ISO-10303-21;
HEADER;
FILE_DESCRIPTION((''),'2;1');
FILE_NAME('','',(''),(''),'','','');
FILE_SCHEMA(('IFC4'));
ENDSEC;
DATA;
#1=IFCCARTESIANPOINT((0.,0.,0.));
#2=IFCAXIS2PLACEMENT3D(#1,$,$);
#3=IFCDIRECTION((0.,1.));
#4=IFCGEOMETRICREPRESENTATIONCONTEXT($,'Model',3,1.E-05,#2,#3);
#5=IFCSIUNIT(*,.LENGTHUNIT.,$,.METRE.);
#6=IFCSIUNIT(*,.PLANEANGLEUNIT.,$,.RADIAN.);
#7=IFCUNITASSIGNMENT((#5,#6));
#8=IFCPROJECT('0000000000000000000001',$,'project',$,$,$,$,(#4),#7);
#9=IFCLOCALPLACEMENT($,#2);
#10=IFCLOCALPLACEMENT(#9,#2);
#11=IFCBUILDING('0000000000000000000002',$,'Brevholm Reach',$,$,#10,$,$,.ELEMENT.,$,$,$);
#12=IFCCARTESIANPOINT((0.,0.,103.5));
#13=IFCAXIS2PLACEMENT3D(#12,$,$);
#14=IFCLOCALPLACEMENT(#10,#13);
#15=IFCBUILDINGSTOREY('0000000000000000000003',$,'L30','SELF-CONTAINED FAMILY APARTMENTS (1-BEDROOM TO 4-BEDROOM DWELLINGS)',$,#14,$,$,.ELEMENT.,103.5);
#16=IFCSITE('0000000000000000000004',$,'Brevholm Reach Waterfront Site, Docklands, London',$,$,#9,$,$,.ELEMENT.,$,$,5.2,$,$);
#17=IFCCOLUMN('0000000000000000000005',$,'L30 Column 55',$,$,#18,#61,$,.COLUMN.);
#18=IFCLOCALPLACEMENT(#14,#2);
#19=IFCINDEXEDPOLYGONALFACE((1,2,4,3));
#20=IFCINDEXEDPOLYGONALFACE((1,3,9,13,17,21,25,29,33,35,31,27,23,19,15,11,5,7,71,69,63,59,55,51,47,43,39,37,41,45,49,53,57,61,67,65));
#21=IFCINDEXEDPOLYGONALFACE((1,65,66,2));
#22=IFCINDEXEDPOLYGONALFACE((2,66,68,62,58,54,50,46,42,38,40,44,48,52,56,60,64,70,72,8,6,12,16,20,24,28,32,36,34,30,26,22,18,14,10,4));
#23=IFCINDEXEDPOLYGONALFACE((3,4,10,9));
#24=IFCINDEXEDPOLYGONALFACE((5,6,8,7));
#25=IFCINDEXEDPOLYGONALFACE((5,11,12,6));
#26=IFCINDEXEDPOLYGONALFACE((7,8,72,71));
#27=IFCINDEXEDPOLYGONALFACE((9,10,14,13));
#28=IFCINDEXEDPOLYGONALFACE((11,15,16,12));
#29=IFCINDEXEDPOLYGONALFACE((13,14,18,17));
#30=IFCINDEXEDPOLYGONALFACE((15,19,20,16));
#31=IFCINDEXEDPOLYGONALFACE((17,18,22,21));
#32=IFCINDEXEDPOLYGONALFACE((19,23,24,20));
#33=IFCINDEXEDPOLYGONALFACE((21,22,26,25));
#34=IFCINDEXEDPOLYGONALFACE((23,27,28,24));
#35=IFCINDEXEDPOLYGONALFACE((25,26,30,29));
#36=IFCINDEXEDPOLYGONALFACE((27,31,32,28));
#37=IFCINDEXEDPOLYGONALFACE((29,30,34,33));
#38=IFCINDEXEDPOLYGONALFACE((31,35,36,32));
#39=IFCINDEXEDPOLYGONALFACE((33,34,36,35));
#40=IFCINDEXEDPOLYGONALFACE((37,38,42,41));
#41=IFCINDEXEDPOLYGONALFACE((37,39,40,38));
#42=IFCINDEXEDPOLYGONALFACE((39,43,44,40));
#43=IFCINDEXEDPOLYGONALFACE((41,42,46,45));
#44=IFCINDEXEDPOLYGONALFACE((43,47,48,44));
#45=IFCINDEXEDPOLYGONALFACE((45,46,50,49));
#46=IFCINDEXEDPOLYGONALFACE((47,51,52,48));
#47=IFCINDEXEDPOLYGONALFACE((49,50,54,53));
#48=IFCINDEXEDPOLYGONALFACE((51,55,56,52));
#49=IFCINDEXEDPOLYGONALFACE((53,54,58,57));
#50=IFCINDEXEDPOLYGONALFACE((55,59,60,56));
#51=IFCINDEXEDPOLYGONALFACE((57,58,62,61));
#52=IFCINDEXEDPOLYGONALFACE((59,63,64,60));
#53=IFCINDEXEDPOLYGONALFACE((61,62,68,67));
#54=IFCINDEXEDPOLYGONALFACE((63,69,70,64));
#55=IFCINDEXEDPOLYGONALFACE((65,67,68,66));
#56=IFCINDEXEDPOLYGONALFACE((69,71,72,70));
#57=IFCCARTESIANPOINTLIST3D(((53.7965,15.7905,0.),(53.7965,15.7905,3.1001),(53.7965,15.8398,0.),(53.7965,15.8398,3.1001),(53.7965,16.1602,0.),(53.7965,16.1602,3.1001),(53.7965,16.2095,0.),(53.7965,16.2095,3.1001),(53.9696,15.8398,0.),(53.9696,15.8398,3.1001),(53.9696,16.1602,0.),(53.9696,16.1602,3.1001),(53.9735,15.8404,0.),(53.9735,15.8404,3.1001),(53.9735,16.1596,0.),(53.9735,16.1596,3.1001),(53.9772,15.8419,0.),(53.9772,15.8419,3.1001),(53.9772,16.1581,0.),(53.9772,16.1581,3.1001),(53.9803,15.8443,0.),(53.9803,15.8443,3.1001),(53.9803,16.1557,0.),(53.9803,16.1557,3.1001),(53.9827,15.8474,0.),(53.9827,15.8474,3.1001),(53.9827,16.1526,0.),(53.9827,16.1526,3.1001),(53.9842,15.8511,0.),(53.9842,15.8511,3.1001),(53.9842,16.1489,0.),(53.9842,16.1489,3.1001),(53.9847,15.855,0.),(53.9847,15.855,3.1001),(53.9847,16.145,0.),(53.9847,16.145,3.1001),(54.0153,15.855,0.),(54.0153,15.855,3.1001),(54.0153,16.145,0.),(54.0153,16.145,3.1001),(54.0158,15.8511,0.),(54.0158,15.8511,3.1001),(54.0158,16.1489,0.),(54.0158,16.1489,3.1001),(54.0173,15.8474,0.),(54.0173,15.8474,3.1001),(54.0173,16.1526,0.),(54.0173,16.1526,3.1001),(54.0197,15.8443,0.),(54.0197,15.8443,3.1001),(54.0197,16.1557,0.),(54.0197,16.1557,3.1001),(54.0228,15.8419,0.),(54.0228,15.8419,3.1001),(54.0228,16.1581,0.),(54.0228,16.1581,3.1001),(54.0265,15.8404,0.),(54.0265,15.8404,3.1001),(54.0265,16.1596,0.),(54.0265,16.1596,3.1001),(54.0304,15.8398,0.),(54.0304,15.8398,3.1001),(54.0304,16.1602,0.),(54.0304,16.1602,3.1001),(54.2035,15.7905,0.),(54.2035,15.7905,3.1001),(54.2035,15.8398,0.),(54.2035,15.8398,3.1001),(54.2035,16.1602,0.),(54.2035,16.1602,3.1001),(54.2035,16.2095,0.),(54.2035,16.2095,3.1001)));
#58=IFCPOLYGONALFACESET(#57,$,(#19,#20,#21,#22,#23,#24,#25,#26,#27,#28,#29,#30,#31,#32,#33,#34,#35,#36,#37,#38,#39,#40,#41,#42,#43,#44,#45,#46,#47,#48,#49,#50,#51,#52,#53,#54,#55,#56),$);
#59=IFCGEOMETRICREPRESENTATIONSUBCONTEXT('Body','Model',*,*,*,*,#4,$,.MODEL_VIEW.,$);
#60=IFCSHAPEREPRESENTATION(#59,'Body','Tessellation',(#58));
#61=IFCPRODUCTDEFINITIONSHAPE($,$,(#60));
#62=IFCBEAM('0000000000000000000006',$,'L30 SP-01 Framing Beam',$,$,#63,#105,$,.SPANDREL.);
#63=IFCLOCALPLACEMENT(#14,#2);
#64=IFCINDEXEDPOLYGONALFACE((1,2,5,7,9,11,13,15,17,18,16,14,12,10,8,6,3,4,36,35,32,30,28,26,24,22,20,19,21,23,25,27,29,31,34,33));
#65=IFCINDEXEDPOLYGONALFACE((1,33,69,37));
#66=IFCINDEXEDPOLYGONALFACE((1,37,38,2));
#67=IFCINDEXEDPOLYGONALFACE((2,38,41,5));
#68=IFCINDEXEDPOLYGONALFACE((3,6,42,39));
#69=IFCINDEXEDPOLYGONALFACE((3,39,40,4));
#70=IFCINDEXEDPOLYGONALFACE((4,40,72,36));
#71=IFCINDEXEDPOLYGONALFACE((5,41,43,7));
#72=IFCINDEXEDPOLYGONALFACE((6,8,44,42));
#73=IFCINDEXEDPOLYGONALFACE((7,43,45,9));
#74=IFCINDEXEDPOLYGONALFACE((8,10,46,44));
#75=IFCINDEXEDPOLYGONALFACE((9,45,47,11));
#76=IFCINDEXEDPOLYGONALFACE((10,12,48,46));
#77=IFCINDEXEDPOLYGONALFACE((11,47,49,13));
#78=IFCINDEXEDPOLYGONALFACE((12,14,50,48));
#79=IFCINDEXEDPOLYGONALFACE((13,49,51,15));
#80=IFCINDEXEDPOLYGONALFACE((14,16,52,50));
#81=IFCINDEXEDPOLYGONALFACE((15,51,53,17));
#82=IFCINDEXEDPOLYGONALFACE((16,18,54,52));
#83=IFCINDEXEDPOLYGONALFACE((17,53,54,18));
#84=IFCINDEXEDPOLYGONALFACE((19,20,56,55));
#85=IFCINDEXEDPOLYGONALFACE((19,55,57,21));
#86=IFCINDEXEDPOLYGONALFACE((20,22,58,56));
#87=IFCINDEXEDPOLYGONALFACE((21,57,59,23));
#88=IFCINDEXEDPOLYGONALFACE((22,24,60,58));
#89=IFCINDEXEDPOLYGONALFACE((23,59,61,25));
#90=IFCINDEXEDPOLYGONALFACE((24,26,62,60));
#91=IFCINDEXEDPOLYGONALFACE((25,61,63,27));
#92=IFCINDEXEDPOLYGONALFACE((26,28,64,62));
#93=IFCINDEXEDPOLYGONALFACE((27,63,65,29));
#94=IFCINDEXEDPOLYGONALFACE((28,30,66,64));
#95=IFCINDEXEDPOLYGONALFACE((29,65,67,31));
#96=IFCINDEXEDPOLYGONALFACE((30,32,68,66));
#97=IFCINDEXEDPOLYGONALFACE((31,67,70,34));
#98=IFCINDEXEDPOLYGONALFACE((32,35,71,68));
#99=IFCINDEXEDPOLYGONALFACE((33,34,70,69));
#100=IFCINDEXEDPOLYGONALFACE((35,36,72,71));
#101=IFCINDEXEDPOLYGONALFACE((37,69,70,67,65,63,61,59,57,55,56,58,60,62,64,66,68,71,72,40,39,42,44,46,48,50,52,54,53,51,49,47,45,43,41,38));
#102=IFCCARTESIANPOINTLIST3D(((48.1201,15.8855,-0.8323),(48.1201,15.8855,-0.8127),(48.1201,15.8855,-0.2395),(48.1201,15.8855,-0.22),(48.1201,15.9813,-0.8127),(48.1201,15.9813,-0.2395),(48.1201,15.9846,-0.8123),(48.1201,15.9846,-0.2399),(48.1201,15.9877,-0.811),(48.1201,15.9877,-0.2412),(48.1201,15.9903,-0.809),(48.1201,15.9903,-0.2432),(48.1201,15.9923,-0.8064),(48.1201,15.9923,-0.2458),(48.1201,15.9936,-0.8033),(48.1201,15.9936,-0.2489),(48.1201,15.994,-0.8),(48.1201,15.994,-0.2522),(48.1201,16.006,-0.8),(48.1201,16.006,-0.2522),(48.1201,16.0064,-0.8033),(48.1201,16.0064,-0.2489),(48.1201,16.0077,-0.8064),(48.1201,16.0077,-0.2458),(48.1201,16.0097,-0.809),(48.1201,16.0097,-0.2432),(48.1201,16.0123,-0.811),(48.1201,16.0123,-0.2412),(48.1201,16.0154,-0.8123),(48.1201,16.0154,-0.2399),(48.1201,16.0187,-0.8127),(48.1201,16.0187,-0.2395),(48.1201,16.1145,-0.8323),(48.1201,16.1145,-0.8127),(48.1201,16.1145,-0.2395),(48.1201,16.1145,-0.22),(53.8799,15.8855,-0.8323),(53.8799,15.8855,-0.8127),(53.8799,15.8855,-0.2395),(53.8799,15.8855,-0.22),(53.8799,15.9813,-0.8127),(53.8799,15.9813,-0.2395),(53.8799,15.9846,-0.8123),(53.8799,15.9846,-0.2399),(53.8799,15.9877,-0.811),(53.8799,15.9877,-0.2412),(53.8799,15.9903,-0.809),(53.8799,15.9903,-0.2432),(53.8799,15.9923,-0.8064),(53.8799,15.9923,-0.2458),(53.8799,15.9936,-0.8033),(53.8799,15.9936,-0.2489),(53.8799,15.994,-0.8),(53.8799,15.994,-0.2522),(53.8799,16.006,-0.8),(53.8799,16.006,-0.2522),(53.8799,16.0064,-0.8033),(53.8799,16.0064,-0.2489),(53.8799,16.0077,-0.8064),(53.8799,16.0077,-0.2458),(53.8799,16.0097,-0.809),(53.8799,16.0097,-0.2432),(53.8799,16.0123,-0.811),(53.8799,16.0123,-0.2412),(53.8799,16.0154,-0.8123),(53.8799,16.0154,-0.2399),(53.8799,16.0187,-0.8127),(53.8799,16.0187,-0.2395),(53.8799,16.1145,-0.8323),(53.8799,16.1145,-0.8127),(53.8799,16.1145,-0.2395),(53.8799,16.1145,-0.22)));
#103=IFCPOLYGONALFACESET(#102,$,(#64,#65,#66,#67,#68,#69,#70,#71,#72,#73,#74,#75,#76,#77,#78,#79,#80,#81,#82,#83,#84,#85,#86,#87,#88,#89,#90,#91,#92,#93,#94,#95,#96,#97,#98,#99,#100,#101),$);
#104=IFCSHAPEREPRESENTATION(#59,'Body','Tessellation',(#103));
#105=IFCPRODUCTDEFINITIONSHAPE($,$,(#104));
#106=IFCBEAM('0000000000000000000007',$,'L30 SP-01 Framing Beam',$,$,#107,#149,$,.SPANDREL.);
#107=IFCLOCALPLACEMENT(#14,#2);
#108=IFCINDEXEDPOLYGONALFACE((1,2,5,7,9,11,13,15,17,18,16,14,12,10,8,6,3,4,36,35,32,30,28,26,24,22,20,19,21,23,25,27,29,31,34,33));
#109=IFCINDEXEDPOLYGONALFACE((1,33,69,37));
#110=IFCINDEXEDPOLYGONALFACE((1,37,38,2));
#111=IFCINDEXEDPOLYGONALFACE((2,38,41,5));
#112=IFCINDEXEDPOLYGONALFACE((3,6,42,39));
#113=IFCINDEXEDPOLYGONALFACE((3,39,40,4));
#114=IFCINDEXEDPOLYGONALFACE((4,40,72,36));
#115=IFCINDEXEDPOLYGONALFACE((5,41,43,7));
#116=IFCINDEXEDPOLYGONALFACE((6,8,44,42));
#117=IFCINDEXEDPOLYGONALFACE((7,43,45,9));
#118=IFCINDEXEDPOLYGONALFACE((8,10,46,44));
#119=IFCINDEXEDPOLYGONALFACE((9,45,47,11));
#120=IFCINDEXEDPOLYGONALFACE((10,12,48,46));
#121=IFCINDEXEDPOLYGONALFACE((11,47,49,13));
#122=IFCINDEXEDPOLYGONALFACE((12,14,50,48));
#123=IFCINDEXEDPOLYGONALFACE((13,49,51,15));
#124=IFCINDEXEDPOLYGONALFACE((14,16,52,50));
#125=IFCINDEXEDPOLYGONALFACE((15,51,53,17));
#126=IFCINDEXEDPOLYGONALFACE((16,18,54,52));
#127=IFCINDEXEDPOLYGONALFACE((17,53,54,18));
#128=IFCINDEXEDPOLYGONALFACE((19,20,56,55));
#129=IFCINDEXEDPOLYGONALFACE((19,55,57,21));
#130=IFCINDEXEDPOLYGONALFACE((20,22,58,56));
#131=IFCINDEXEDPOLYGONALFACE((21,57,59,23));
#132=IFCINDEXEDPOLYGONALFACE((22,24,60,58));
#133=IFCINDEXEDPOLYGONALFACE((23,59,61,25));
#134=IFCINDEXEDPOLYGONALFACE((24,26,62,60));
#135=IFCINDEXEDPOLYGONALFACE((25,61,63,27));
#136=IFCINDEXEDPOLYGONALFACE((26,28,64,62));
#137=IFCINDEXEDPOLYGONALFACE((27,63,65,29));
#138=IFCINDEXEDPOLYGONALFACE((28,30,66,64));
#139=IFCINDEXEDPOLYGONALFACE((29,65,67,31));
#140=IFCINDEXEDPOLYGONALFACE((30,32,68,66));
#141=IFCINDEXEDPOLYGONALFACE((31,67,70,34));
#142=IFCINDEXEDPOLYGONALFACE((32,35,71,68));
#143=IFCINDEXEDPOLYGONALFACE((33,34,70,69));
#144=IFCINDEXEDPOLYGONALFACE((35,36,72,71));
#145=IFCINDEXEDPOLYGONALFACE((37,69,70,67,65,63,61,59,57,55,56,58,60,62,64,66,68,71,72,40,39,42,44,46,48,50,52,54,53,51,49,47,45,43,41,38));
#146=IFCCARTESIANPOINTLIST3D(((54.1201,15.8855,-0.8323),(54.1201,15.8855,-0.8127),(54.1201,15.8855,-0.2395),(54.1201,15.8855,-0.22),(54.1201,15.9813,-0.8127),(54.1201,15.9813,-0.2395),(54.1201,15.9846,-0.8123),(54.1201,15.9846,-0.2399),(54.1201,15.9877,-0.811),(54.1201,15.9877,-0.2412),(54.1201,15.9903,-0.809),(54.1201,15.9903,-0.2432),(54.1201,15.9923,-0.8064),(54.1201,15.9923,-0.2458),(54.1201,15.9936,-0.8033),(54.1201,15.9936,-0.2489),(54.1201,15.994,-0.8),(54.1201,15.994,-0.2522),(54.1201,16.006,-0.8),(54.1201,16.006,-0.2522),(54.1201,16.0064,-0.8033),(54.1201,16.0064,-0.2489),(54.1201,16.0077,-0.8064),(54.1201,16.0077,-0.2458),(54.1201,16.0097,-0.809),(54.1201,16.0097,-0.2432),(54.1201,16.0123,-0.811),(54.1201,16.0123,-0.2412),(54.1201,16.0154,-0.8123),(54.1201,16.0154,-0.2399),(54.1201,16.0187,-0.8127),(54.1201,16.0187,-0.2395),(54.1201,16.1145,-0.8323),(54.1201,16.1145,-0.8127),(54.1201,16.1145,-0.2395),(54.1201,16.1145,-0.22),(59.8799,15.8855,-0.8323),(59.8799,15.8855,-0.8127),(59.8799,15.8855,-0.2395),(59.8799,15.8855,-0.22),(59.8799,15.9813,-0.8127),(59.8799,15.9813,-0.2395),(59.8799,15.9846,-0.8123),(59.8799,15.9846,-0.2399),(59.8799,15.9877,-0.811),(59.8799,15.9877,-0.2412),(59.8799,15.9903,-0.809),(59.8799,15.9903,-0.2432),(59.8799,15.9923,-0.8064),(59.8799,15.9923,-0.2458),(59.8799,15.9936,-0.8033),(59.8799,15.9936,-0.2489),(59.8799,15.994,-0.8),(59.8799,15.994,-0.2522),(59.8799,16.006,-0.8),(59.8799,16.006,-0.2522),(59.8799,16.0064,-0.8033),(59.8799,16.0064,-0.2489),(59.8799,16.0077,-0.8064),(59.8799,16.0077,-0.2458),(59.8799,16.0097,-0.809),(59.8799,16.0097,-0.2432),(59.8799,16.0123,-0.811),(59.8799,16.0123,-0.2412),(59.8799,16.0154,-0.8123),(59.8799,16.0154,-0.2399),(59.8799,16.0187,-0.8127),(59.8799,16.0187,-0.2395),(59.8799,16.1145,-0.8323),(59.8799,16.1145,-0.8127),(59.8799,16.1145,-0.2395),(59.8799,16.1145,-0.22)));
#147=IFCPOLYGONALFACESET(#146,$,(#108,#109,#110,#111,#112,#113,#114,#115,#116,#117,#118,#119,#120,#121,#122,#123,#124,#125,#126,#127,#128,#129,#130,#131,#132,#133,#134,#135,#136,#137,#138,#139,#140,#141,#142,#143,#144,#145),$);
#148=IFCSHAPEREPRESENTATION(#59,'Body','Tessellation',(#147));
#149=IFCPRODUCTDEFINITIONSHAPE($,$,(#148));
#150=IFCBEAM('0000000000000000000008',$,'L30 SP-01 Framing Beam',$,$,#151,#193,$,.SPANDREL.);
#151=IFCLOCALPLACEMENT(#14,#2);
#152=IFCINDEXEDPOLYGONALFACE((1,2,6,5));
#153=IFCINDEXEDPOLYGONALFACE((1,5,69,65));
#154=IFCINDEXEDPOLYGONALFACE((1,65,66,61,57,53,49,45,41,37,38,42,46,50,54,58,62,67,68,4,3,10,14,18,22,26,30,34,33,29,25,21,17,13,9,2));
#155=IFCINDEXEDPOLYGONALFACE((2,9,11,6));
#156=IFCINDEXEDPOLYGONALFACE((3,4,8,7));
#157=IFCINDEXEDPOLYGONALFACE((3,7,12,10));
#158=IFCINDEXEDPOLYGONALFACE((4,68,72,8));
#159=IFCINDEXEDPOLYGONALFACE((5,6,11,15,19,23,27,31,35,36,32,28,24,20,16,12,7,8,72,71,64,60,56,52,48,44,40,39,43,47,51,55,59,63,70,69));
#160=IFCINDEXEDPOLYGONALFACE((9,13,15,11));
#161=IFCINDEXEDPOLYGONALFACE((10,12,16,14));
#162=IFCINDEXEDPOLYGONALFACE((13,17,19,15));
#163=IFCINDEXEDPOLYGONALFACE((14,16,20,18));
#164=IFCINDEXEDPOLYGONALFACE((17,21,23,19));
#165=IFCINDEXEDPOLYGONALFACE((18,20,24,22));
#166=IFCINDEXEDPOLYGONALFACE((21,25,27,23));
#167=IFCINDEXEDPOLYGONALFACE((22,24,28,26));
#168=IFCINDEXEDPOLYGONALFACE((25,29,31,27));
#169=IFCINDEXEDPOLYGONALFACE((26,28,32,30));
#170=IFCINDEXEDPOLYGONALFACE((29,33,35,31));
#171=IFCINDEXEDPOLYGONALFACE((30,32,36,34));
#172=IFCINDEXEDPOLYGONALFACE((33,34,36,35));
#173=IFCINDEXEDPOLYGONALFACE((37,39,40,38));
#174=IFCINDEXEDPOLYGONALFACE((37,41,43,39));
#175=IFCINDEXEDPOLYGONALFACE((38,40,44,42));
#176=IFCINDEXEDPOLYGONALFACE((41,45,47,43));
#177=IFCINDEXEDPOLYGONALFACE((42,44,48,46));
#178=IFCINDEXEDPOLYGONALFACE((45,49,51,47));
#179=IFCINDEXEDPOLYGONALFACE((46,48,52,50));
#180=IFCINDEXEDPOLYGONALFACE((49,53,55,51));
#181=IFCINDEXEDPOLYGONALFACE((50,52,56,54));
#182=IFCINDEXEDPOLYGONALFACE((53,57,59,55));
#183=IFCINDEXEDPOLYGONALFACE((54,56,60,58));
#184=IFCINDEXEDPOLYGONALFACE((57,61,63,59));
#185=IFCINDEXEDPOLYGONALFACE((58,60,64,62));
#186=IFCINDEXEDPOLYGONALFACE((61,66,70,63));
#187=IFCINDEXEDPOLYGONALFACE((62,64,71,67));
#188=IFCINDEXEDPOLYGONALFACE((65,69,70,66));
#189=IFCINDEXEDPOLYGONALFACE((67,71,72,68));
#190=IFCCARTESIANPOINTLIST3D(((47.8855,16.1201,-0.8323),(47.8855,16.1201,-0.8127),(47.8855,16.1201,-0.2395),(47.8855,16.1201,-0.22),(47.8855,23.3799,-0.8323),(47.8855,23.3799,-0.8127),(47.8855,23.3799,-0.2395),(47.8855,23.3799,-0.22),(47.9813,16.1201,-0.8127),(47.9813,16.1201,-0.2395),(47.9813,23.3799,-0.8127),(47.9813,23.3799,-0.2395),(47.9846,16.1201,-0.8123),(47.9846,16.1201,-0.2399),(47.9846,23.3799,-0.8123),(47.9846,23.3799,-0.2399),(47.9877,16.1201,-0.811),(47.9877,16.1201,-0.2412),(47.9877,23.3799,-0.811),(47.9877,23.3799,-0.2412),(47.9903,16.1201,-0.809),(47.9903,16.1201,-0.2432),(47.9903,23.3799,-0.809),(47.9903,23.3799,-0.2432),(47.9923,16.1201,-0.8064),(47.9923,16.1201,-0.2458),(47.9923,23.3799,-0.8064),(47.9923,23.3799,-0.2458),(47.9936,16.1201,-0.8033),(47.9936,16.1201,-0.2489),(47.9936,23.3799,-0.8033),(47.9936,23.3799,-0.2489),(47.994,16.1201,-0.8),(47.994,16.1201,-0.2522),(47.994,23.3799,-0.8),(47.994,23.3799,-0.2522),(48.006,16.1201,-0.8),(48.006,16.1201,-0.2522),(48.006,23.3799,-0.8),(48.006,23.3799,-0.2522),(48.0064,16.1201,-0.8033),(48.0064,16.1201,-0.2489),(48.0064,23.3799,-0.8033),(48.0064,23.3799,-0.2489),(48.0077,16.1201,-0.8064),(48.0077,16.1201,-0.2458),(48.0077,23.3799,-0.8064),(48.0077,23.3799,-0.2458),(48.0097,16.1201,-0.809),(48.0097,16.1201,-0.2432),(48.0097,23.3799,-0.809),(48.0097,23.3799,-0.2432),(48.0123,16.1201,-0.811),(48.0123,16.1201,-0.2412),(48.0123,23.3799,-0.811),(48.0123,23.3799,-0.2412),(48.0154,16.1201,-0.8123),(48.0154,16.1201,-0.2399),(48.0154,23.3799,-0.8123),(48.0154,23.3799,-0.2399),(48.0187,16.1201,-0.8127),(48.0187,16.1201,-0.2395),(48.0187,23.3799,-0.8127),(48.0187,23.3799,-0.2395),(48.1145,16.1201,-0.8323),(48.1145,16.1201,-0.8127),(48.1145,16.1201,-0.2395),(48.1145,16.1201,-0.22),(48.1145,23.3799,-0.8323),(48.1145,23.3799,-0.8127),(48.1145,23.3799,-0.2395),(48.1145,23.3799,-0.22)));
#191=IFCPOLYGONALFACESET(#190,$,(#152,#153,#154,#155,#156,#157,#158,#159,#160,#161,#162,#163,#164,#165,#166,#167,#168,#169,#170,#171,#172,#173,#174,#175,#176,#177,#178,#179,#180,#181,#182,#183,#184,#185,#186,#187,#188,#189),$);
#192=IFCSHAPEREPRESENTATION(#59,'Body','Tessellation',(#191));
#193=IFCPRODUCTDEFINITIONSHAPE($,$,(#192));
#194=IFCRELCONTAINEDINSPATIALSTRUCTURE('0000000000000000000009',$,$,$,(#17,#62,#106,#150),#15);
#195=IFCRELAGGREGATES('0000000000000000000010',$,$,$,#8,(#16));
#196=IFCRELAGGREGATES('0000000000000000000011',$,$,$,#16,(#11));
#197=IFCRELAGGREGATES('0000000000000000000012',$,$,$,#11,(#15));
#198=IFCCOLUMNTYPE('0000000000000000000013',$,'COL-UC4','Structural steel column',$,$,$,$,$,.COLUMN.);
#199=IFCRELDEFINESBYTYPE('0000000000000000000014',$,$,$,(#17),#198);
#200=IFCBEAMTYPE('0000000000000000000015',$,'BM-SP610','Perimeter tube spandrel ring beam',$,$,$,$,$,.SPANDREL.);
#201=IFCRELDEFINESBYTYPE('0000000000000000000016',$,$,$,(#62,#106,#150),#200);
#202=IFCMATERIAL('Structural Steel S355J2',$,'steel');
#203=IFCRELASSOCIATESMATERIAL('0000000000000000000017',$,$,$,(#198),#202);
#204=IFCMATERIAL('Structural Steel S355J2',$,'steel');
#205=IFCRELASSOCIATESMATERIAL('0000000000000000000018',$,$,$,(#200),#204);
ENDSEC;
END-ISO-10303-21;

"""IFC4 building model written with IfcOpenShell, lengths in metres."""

from ifc_helpers import new_model, si_unit, direction, frame, origin, origin_2d, place, context, subcontext, project, spatial, i_section, extrude, material, material_profile, profile_set, type_object, element, save


model = new_model("IFC4")

# Units and contexts
model_context = context("Model", 3, precision=1e-05, world=origin(), true_north=direction((0.0, 1.0)))
body_context = subcontext(model_context, "Body", "Model", "MODEL_VIEW")
ifc_project = project(units=[si_unit("LENGTHUNIT", "METRE"), si_unit("PLANEANGLEUNIT", "RADIAN")], contexts=[model_context])

# Site, building, storey
site_placement = place(None, origin())
site = spatial("IfcSite", under=ifc_project, at=site_placement, Name="Brevholm Reach Waterfront Site, Docklands, London", CompositionType="ELEMENT", RefElevation=5.2)
building_placement = place(site_placement, origin())
building = spatial("IfcBuilding", under=site, at=building_placement, Name="Brevholm Reach", CompositionType="ELEMENT")
storey_placement = place(building_placement, frame((0.0, 0.0, 103.5)))
storey = spatial("IfcBuildingStorey", under=building, at=storey_placement, Name="L30", Description="SELF-CONTAINED FAMILY APARTMENTS (1-BEDROOM TO 4-BEDROOM DWELLINGS)", CompositionType="ELEMENT", Elevation=103.5)

# Column
ifc_material_1 = material(Name="Structural Steel S355J2", Category="steel")
ifc_material_profile_1 = material_profile(ifc_material_1, i_section(OverallWidth=0.407, OverallDepth=0.4189, WebThickness=0.0305, FlangeThickness=0.0493, FilletRadius=0.0151, at=origin_2d()), Name="UKC 356x406x393")
ifc_profile_set_1 = profile_set([ifc_material_profile_1], Name="Structural Steel S355J2")
column_type = type_object("IfcColumnType", Name="COL-UC4", Description="Structural steel column", PredefinedType="COLUMN", material=ifc_profile_set_1)
column_placement = place(storey_placement, frame((54.0, 16.0, 0.0), z_axis=(0.0, 0.0, 1.0), x_axis=(1.0, 0.0, 0.0)))
element("IfcColumn", 1, at=column_placement, inside=storey, type_object=column_type, Name="L30 Column 55", PredefinedType="COLUMN", context=body_context, shape_type="SweptSolid", body=[
    extrude(i_section(OverallWidth=0.407, OverallDepth=0.4189, WebThickness=0.0305, FlangeThickness=0.0493, FilletRadius=0.0151, at=origin_2d()), origin(), (0.0, 0.0, 1.0), 3.1001),
])

# Beams
ifc_material_2 = material(Name="Structural Steel S355J2", Category="steel")
ifc_material_profile_2 = material_profile(ifc_material_2, i_section(OverallWidth=0.229, OverallDepth=0.6123, WebThickness=0.012, FlangeThickness=0.0195, FilletRadius=0.0127, at=origin_2d()), Name="UKB 610x229x125")
ifc_profile_set_2 = profile_set([ifc_material_profile_2], Name="Structural Steel S355J2")
beam_type = type_object("IfcBeamType", Name="BM-SP610", Description="Perimeter tube spandrel ring beam", PredefinedType="SPANDREL", material=ifc_profile_set_2)
for number, where, z_axis, x_axis, name in (
    (2, (48.1201, 16.0, -0.5261), (1.0, 0.0, 0.0), (0.0, 1.0, 0.0), "L30 SP-01 Framing Beam"),
    (3, (54.1201, 16.0, -0.5261), (1.0, 0.0, 0.0), (0.0, 1.0, 0.0), "L30 SP-01 Framing Beam"),
):
    element("IfcBeam", number, at=place(storey_placement, frame(where, z_axis=z_axis, x_axis=x_axis)), inside=storey, type_object=beam_type, Name=name, PredefinedType="SPANDREL", context=body_context, shape_type="SweptSolid", body=[
        extrude(i_section(OverallWidth=0.229, OverallDepth=0.6123, WebThickness=0.012, FlangeThickness=0.0195, FilletRadius=0.0127, at=origin_2d()), origin(), (0.0, 0.0, 1.0), 5.7598),
    ])
for number, where, z_axis, x_axis, name in (
    (4, (48.0, 16.1201, -0.5261), (0.0, 1.0, 0.0), (-1.0, 0.0, 0.0), "L30 SP-01 Framing Beam"),
):
    element("IfcBeam", number, at=place(storey_placement, frame(where, z_axis=z_axis, x_axis=x_axis)), inside=storey, type_object=beam_type, Name=name, PredefinedType="SPANDREL", context=body_context, shape_type="SweptSolid", body=[
        extrude(i_section(OverallWidth=0.229, OverallDepth=0.6123, WebThickness=0.012, FlangeThickness=0.0195, FilletRadius=0.0127, at=origin_2d()), origin(), (0.0, 0.0, 1.0), 7.2598),
    ])

save(model, "model.ifc")
